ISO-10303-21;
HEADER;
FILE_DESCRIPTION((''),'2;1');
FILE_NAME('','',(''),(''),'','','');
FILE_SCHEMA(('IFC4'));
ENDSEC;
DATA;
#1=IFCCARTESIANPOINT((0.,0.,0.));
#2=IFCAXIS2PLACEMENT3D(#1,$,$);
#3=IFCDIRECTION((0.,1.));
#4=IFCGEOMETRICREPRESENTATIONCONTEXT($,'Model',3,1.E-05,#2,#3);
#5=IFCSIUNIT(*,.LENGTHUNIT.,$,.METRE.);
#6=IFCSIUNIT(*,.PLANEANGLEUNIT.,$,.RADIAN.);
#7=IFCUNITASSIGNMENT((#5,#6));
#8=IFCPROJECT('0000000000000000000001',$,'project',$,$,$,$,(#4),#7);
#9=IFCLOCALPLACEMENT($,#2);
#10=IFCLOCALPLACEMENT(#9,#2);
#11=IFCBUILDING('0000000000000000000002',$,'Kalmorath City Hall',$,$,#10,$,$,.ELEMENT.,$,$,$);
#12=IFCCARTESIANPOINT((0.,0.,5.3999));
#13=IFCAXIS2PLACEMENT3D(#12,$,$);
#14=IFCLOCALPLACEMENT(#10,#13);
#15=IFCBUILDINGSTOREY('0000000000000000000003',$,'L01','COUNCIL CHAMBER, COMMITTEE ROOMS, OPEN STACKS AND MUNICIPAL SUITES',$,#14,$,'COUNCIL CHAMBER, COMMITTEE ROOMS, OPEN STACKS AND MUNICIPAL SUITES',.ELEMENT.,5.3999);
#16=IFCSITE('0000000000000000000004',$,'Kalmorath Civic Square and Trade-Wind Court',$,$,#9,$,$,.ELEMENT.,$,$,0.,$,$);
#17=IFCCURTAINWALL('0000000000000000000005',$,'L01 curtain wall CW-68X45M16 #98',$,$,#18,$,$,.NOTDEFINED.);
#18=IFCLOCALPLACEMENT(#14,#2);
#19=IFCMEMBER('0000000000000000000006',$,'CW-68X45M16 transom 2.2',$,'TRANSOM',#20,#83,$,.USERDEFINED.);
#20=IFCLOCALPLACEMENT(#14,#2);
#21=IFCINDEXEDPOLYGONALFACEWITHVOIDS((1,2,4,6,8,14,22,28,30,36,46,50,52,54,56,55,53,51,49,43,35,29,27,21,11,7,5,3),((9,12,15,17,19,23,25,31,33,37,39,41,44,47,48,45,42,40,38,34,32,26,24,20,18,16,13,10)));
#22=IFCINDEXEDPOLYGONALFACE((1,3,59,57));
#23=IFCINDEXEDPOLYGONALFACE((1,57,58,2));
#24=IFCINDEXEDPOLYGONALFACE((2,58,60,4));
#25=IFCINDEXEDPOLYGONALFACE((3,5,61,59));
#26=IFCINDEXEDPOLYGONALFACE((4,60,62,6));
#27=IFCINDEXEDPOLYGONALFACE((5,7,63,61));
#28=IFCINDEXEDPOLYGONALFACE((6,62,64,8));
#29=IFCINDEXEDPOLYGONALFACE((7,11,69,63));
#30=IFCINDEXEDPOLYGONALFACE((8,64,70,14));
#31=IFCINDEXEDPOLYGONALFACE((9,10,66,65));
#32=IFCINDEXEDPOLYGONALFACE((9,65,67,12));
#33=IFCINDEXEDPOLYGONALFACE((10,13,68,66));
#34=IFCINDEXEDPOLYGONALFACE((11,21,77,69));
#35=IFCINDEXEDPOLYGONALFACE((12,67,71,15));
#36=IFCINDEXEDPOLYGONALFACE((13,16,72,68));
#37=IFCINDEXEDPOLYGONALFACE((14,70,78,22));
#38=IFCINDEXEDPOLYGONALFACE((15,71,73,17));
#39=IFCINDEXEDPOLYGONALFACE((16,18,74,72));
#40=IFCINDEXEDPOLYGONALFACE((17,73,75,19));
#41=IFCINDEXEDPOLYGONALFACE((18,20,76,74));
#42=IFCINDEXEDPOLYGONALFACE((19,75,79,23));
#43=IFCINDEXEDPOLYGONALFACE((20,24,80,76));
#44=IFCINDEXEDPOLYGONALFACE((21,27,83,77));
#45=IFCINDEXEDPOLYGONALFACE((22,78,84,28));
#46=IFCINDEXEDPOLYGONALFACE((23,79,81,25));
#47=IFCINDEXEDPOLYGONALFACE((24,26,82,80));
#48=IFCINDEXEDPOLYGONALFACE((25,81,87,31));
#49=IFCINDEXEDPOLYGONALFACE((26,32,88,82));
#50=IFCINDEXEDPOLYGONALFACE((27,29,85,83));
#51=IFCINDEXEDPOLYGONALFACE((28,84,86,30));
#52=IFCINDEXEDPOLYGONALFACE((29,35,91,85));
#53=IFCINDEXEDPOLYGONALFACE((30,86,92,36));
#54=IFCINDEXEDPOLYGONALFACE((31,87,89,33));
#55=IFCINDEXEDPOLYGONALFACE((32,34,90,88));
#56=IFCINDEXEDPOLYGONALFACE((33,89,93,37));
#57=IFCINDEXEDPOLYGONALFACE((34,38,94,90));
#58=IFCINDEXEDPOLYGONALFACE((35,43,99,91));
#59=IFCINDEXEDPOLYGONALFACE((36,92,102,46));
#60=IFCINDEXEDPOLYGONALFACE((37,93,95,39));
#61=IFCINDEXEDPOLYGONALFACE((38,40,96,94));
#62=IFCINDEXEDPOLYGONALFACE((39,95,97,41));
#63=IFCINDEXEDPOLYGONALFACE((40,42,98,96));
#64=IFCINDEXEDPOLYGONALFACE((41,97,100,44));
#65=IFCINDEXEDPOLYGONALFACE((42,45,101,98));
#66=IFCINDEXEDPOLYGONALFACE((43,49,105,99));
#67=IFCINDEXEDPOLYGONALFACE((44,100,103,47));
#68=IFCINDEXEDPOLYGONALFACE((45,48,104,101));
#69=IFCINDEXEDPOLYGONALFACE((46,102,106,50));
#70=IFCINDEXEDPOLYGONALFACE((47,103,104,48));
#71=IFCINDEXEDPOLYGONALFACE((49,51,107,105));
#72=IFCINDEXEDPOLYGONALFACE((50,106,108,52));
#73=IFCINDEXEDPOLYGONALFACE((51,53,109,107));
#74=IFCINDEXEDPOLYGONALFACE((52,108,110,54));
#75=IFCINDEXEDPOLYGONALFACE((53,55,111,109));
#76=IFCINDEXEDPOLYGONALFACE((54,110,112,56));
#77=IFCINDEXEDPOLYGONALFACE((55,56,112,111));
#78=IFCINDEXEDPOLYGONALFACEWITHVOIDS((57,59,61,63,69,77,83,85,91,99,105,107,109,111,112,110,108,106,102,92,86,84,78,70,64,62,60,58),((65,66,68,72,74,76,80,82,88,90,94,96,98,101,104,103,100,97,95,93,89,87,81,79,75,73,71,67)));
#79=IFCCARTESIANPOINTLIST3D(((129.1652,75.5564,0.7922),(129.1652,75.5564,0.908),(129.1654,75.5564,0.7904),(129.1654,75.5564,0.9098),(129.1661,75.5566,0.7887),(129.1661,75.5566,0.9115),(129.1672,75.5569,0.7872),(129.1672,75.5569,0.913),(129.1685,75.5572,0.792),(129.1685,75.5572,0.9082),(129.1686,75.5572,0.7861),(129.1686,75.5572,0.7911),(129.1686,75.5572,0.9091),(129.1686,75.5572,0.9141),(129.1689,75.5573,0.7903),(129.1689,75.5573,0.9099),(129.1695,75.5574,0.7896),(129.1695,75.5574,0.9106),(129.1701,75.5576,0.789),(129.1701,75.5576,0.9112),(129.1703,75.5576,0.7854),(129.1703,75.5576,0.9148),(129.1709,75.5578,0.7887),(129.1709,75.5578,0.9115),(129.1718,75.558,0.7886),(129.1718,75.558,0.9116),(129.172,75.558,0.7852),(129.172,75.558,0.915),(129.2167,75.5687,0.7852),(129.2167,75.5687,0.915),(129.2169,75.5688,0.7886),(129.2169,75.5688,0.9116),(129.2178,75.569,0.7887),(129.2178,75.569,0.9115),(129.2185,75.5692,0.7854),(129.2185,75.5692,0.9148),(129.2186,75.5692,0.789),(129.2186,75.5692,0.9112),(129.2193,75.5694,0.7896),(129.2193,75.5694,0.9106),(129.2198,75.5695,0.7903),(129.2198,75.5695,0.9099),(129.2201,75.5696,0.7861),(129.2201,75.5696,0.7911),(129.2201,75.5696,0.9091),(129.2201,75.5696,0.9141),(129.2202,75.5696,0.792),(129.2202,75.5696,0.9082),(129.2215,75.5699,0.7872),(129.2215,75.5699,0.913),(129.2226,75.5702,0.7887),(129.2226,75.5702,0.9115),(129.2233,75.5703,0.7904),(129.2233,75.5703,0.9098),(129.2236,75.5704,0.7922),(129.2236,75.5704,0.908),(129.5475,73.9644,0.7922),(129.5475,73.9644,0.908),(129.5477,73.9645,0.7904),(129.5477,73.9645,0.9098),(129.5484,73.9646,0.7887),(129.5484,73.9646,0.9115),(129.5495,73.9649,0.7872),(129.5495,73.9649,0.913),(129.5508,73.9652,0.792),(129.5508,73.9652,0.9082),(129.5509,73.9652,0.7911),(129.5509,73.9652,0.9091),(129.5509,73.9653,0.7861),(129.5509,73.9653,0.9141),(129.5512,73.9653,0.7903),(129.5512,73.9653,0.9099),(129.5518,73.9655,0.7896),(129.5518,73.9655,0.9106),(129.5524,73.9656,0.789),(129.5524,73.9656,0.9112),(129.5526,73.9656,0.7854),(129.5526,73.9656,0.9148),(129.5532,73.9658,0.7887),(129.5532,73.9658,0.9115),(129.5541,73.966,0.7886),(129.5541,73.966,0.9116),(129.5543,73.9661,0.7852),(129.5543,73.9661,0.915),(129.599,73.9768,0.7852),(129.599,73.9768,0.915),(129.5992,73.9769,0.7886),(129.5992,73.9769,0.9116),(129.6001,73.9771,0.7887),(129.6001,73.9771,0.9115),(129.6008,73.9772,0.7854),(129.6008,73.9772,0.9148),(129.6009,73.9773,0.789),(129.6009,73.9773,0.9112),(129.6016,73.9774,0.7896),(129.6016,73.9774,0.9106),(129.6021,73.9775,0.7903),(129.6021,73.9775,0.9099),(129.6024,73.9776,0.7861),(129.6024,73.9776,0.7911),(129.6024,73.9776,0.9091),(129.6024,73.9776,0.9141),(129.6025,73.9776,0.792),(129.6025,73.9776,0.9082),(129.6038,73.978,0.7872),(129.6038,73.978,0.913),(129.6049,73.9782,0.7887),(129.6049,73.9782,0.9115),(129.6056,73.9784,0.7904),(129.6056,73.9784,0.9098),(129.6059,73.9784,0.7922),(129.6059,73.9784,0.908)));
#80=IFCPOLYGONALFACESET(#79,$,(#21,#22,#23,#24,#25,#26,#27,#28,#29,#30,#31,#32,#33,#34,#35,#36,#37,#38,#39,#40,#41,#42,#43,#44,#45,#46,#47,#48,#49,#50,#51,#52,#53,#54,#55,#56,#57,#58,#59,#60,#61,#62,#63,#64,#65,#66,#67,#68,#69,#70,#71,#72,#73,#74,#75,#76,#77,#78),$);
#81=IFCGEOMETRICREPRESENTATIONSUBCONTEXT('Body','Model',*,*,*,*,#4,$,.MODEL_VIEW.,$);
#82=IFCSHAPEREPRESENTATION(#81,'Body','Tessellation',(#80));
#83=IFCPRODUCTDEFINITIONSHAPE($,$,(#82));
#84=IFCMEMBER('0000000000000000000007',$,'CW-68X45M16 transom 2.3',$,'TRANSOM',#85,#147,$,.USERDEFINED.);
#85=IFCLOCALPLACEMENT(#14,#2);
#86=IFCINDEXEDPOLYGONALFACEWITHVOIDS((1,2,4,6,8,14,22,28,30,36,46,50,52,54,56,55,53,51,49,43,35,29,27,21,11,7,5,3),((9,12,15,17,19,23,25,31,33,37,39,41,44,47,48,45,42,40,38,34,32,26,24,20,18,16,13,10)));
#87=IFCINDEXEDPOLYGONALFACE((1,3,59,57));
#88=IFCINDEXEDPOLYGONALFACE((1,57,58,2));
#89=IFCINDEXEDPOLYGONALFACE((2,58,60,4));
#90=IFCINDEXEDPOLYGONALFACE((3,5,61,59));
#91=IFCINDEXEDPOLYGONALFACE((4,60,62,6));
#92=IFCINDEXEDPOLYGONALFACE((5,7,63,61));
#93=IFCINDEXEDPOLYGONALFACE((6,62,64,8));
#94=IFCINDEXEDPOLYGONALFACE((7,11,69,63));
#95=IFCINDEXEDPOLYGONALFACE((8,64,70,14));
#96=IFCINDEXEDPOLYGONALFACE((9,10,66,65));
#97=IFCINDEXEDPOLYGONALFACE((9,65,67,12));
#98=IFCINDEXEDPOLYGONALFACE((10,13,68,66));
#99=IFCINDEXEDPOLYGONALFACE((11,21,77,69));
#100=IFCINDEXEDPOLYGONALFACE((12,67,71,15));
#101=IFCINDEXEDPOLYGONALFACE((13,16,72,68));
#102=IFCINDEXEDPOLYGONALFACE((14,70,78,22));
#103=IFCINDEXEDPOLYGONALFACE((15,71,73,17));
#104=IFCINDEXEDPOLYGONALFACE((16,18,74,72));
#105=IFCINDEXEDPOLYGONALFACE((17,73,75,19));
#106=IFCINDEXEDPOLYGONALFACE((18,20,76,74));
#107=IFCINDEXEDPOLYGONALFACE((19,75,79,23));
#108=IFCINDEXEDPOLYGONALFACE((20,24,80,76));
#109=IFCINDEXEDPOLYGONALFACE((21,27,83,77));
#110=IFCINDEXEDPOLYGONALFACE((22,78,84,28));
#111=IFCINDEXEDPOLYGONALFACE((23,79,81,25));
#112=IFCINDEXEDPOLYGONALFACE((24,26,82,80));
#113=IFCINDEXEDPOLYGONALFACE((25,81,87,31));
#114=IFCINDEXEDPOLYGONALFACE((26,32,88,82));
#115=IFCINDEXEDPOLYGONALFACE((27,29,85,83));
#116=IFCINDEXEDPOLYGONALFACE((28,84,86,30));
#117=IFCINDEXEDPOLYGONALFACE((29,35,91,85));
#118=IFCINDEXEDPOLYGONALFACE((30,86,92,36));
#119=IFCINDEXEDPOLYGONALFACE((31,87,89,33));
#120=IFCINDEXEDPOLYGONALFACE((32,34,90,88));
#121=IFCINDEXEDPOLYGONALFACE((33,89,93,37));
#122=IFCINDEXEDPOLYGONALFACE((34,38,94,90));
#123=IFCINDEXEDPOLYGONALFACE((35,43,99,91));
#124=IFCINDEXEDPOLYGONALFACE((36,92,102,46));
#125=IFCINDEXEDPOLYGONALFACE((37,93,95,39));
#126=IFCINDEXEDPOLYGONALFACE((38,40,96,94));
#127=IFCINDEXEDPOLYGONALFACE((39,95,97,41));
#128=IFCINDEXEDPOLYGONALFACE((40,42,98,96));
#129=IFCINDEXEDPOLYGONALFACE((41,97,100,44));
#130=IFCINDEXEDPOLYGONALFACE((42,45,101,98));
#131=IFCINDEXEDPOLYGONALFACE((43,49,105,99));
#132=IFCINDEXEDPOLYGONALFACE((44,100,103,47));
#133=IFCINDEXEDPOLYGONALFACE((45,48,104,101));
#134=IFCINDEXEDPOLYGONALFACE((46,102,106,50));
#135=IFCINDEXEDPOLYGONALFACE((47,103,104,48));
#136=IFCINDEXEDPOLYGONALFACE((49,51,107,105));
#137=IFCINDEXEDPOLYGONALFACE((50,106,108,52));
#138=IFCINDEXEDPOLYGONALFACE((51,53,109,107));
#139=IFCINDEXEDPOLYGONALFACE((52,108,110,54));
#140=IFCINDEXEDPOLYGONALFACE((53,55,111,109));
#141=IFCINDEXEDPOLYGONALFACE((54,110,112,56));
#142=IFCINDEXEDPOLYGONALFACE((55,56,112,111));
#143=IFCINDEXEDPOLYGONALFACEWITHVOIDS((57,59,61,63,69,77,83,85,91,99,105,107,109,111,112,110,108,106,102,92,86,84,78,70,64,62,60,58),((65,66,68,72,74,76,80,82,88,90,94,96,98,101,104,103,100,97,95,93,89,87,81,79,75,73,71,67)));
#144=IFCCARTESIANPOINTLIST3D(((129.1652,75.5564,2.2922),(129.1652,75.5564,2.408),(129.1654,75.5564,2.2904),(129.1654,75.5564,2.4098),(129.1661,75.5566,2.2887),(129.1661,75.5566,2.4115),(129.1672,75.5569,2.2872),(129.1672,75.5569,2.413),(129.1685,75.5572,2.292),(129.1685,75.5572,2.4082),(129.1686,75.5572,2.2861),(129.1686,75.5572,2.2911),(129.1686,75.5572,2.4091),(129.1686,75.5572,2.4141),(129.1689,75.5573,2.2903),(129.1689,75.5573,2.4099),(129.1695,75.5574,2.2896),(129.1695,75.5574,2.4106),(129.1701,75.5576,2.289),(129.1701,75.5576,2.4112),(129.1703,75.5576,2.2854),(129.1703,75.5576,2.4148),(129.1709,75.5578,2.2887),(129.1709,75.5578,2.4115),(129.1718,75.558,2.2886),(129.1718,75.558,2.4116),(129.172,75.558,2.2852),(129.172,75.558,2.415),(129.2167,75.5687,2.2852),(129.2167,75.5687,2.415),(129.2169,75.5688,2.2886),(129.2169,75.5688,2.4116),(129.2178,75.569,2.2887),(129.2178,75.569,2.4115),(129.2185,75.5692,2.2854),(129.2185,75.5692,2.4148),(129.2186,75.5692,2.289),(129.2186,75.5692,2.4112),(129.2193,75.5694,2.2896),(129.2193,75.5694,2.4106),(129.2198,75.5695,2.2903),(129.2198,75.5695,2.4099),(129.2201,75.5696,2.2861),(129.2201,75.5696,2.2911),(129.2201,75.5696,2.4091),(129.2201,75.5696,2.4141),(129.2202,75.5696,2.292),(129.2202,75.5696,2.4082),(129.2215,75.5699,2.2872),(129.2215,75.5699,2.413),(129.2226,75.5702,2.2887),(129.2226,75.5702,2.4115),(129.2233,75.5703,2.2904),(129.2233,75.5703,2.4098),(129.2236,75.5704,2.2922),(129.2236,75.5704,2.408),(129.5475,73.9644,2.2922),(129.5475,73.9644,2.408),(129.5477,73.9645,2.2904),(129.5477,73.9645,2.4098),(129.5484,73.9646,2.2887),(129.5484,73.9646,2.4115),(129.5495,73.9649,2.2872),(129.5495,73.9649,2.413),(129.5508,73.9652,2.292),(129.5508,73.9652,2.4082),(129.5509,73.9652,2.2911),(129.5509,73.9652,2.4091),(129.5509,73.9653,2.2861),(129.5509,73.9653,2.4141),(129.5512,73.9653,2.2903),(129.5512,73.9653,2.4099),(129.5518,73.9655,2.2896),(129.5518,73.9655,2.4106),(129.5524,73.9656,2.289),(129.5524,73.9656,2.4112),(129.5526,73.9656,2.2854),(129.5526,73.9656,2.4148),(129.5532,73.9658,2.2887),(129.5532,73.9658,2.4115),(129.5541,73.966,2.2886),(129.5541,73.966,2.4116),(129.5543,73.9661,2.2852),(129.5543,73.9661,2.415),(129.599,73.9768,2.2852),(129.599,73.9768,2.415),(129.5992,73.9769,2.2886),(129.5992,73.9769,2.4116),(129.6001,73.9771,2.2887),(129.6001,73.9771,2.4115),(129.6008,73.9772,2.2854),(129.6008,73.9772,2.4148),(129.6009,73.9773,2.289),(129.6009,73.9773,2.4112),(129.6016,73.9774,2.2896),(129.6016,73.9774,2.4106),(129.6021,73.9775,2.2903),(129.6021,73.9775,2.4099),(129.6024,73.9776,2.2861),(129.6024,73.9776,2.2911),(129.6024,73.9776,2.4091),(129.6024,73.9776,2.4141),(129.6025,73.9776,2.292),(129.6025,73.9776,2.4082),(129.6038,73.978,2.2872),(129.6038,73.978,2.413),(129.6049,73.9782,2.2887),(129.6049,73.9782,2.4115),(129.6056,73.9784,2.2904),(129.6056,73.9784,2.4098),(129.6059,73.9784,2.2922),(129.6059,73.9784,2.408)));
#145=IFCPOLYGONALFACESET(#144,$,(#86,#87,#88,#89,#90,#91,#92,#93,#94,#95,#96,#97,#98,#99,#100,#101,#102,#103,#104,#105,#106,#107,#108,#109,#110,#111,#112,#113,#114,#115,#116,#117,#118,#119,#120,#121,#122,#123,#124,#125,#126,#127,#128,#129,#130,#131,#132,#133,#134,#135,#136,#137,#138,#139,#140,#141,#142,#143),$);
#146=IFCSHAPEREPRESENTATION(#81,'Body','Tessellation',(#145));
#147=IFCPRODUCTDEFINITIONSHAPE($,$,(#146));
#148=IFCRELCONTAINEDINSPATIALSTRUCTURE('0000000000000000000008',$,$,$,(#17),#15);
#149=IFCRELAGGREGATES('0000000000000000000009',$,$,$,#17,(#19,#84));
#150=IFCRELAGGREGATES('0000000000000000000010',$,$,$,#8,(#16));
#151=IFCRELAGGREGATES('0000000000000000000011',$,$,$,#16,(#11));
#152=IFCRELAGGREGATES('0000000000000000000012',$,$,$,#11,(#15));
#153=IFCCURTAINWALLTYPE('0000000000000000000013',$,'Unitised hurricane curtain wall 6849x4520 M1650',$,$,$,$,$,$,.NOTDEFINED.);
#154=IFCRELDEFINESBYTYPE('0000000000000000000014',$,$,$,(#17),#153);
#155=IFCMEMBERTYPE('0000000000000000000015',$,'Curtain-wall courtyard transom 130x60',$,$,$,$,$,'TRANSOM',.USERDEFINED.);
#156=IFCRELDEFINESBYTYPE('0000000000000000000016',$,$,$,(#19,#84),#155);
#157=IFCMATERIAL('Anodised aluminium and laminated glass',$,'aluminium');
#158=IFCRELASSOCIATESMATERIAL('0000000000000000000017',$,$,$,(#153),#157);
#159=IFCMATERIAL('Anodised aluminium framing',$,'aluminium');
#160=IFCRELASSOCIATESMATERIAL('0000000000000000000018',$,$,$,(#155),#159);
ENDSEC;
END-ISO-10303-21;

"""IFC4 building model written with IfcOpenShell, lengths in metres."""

from ifc_helpers import new_model, si_unit, direction, frame, origin, origin_2d, place, context, subcontext, project, spatial, hollow_rectangle, extrude, material, material_profile, profile_set, type_object, element, aggregate, save


model = new_model("IFC4")

# Units and contexts
model_context = context("Model", 3, precision=1e-05, world=origin(), true_north=direction((0.0, 1.0)))
body_context = subcontext(model_context, "Body", "Model", "MODEL_VIEW")
ifc_project = project(units=[si_unit("LENGTHUNIT", "METRE"), si_unit("PLANEANGLEUNIT", "RADIAN")], contexts=[model_context])

# Site, building, storey
site_placement = place(None, origin())
site = spatial("IfcSite", under=ifc_project, at=site_placement, Name="Kalmorath Civic Square and Trade-Wind Court", CompositionType="ELEMENT", RefElevation=0.0)
building_placement = place(site_placement, origin())
building = spatial("IfcBuilding", under=site, at=building_placement, Name="Kalmorath City Hall", CompositionType="ELEMENT")
storey_placement = place(building_placement, frame((0.0, 0.0, 5.3999)))
storey = spatial("IfcBuildingStorey", under=building, at=storey_placement, Name="L01", Description="COUNCIL CHAMBER, COMMITTEE ROOMS, OPEN STACKS AND MUNICIPAL SUITES", LongName="COUNCIL CHAMBER, COMMITTEE ROOMS, OPEN STACKS AND MUNICIPAL SUITES", CompositionType="ELEMENT", Elevation=5.3999)

# Curtain wall, members
ifc_material_1 = material(Name="Anodised aluminium and laminated glass", Category="aluminium")
curtain_wall_type = type_object("IfcCurtainWallType", Name="Unitised hurricane curtain wall 6849x4520 M1650", PredefinedType="NOTDEFINED", material=ifc_material_1)
curtain_wall_placement = place(storey_placement, origin())
curtain_wall = element("IfcCurtainWall", 1, at=curtain_wall_placement, inside=storey, type_object=curtain_wall_type, Name="L01 curtain wall CW-68X45M16 #98", PredefinedType="NOTDEFINED")
ifc_material_2 = material(Name="Anodised aluminium framing", Category="aluminium")
ifc_material_profile_1 = material_profile(ifc_material_2, hollow_rectangle(XDim=0.0601, YDim=0.1299, WallThickness=0.0034, InnerFilletRadius=0.0034, OuterFilletRadius=0.0071, at=origin_2d()), Name="ALU-TRN-130X60X3.5")
ifc_profile_set_1 = profile_set([ifc_material_profile_1], Name="Anodised aluminium framing")
member_type_1 = type_object("IfcMemberType", Name="Curtain-wall courtyard transom 130x60", ElementType="TRANSOM", PredefinedType="USERDEFINED", material=ifc_profile_set_1)
member_1_placement = place(storey_placement, frame((129.5767, 73.9714, 0.8501), z_axis=(-0.233508, 0.972355, 0.0), x_axis=(-0.972355, -0.233508, 0.0)))
member_1 = element("IfcMember", 2, at=member_1_placement, type_object=member_type_1, Name="CW-68X45M16 transom 2.2", ObjectType="TRANSOM", PredefinedType="USERDEFINED", context=body_context, shape_type="SweptSolid", body=[
    extrude(hollow_rectangle(XDim=0.0601, YDim=0.1299, WallThickness=0.0034, InnerFilletRadius=0.0034, OuterFilletRadius=0.0071, at=origin_2d()), origin(), (0.0, 0.0, 1.0), 1.6372),
])
member_2_placement = place(storey_placement, frame((129.5767, 73.9714, 2.3501), z_axis=(-0.233508, 0.972355, 0.0), x_axis=(-0.972355, -0.233508, 0.0)))
member_2 = element("IfcMember", 3, at=member_2_placement, type_object=member_type_1, Name="CW-68X45M16 transom 2.3", ObjectType="TRANSOM", PredefinedType="USERDEFINED", context=body_context, shape_type="SweptSolid", body=[
    extrude(hollow_rectangle(XDim=0.0601, YDim=0.1299, WallThickness=0.0034, InnerFilletRadius=0.0034, OuterFilletRadius=0.0071, at=origin_2d()), origin(), (0.0, 0.0, 1.0), 1.6372),
])
aggregate(curtain_wall, [member_1, member_2])

save(model, "model.ifc")
